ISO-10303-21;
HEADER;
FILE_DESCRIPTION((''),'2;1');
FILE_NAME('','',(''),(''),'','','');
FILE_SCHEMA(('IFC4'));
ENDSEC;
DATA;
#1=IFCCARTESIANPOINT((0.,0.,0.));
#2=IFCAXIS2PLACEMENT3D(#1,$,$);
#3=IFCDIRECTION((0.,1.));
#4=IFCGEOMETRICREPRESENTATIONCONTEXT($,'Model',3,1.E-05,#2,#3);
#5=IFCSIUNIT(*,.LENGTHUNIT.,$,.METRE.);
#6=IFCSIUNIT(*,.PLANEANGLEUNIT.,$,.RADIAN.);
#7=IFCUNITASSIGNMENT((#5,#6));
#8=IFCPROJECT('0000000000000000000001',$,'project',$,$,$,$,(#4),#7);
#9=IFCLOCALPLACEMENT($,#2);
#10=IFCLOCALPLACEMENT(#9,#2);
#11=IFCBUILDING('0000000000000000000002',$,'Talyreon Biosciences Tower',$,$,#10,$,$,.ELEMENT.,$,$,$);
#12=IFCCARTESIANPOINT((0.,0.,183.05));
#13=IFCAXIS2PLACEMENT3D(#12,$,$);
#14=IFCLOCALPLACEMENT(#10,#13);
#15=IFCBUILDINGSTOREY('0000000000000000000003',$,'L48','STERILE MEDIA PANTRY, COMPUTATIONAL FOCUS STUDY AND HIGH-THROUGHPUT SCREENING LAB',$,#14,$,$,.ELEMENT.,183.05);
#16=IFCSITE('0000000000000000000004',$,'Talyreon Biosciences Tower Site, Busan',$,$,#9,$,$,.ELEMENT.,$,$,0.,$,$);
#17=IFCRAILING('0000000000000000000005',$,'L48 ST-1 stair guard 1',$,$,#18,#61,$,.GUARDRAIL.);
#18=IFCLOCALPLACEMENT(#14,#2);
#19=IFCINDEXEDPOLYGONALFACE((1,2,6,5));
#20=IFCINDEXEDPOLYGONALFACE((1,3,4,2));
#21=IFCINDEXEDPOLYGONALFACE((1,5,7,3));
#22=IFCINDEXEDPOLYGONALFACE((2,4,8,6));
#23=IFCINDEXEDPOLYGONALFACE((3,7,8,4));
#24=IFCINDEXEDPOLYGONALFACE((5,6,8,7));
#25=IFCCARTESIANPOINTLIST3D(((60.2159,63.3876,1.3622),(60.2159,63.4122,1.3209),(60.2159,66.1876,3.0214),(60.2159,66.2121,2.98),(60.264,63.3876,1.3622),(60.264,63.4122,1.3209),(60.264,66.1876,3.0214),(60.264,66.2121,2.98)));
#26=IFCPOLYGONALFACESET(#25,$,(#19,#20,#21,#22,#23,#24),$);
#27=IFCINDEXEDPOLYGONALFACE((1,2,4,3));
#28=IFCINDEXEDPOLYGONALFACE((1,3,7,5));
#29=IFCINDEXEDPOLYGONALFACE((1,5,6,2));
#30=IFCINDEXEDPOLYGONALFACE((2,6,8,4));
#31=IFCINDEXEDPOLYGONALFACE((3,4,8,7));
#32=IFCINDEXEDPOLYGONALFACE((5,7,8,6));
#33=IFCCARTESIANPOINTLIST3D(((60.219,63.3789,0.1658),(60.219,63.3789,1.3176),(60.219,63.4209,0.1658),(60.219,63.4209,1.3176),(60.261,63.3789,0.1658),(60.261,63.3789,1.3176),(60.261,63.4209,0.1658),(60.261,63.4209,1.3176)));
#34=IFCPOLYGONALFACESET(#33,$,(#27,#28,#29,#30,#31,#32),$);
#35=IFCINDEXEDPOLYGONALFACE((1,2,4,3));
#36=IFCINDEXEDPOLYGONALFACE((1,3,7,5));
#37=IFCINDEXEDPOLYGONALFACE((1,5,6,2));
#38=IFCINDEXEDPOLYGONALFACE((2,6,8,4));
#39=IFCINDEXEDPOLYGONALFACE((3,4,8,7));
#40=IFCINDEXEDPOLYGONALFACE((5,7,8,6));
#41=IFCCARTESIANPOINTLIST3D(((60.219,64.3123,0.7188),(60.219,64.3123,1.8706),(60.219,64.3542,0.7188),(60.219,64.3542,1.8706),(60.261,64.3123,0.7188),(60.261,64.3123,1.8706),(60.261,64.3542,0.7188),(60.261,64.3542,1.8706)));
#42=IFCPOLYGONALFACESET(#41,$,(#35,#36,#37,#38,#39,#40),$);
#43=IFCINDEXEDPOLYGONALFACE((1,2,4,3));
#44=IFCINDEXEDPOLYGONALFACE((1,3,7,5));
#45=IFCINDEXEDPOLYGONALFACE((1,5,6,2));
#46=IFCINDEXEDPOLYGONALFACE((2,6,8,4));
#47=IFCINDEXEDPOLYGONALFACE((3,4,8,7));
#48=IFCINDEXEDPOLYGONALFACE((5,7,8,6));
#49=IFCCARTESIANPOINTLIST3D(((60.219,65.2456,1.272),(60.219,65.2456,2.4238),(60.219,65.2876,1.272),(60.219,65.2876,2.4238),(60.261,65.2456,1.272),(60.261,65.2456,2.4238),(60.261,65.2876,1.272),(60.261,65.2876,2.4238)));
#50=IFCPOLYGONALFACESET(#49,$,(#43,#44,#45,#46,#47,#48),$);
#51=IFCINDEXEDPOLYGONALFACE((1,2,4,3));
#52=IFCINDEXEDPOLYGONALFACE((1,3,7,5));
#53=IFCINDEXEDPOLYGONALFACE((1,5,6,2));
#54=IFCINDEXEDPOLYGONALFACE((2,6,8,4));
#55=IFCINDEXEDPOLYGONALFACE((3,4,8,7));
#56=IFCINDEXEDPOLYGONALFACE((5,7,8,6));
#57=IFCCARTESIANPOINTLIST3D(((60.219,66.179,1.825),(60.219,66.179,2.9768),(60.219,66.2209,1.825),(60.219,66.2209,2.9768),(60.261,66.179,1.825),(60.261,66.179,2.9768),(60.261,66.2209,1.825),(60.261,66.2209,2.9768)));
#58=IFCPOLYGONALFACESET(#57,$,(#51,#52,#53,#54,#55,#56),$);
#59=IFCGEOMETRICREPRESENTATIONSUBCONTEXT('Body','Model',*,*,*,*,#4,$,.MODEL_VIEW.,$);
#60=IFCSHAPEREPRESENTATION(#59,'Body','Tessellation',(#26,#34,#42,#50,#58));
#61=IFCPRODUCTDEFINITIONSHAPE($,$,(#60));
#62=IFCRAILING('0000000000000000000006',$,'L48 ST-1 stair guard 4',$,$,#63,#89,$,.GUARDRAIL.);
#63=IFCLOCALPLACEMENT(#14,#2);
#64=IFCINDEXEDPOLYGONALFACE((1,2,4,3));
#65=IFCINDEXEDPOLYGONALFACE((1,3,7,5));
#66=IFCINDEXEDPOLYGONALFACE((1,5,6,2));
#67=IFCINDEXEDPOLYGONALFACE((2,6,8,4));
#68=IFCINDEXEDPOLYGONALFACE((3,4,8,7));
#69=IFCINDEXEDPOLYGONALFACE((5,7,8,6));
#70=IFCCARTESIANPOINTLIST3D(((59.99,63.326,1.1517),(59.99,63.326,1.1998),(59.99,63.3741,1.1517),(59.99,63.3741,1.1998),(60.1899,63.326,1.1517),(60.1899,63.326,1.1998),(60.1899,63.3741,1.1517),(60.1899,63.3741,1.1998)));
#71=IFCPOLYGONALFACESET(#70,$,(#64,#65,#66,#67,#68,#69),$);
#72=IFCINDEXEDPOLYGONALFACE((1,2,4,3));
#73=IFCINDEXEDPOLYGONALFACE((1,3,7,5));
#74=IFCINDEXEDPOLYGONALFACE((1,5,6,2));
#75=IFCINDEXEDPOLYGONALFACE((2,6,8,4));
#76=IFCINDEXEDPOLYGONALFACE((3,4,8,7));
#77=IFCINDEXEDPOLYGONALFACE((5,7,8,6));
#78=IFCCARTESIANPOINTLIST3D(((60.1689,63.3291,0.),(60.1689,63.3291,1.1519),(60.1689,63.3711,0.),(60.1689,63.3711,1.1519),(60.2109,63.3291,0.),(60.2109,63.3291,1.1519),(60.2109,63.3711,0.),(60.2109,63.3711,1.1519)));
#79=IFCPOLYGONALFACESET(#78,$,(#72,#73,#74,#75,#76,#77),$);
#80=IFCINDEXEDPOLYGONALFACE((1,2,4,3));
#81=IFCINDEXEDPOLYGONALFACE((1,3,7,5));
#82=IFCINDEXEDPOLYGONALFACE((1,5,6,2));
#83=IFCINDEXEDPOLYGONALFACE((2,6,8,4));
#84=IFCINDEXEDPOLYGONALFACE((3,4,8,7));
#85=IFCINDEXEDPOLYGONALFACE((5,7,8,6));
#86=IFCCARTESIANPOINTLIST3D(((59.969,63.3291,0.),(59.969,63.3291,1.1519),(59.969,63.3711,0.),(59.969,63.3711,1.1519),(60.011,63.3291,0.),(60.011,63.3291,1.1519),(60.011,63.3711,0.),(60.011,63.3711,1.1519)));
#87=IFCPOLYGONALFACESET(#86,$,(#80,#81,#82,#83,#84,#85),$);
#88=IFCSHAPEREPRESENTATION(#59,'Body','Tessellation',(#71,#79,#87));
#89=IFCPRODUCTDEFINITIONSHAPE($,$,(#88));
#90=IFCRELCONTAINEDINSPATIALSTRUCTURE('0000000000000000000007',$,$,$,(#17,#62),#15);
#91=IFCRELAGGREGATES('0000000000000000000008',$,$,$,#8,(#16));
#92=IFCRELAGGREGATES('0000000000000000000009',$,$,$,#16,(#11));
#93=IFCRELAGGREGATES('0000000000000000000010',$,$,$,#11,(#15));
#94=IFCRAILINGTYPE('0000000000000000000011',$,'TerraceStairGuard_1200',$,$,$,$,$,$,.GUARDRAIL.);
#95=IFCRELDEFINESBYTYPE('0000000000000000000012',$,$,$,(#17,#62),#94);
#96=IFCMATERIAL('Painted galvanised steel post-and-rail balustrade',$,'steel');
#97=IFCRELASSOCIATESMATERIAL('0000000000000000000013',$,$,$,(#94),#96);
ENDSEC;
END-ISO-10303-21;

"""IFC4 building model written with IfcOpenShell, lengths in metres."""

from ifc_helpers import new_model, si_unit, direction, frame, origin, origin_2d, place, context, subcontext, project, spatial, rectangle, extrude, material, type_object, element, save


model = new_model("IFC4")

# Units and contexts
model_context = context("Model", 3, precision=1e-05, world=origin(), true_north=direction((0.0, 1.0)))
body_context = subcontext(model_context, "Body", "Model", "MODEL_VIEW")
ifc_project = project(units=[si_unit("LENGTHUNIT", "METRE"), si_unit("PLANEANGLEUNIT", "RADIAN")], contexts=[model_context])

# Site, building, storey
site_placement = place(None, origin())
site = spatial("IfcSite", under=ifc_project, at=site_placement, Name="Talyreon Biosciences Tower Site, Busan", CompositionType="ELEMENT", RefElevation=0.0)
building_placement = place(site_placement, origin())
building = spatial("IfcBuilding", under=site, at=building_placement, Name="Talyreon Biosciences Tower", CompositionType="ELEMENT")
storey_placement = place(building_placement, frame((0.0, 0.0, 183.05)))
storey = spatial("IfcBuildingStorey", under=building, at=storey_placement, Name="L48", Description="STERILE MEDIA PANTRY, COMPUTATIONAL FOCUS STUDY AND HIGH-THROUGHPUT SCREENING LAB", CompositionType="ELEMENT", Elevation=183.05)

# Railings
ifc_material_1 = material(Name="Painted galvanised steel post-and-rail balustrade", Category="steel")
railing_type_1 = type_object("IfcRailingType", Name="TerraceStairGuard_1200", PredefinedType="GUARDRAIL", material=ifc_material_1)
railing_1_placement = place(storey_placement, frame((60.24, 63.3999, 0.1658)))
element("IfcRailing", 1, at=railing_1_placement, inside=storey, type_object=railing_type_1, Name="L48 ST-1 stair guard 1", PredefinedType="GUARDRAIL", context=body_context, shape_type="SweptSolid", body=[
    extrude(rectangle(XDim=0.0481, YDim=0.0481, at=origin_2d()), frame((0.0, 0.0, 1.1758), z_axis=(0.0, 0.860306, 0.509778), x_axis=(-1.0, 0.0, 0.0)), (0.0, 0.0, 1.0), 3.2546),
    extrude(rectangle(XDim=0.042, YDim=0.042, at=origin_2d()), origin(), (0.0, 0.0, 1.0), 1.1519),
    extrude(rectangle(XDim=0.042, YDim=0.042, at=origin_2d()), frame((0.0, 0.9333, 0.553)), (0.0, 0.0, 1.0), 1.1519),
    extrude(rectangle(XDim=0.042, YDim=0.042, at=origin_2d()), frame((0.0, 1.8667, 1.1062)), (0.0, 0.0, 1.0), 1.1519),
    extrude(rectangle(XDim=0.042, YDim=0.042, at=origin_2d()), frame((0.0, 2.8, 1.6592)), (0.0, 0.0, 1.0), 1.1519),
])
railing_2_placement = place(storey_placement, frame((60.1899, 63.3501, 0.0)))
element("IfcRailing", 2, at=railing_2_placement, inside=storey, type_object=railing_type_1, Name="L48 ST-1 stair guard 4", PredefinedType="GUARDRAIL", context=body_context, shape_type="SweptSolid", body=[
    extrude(rectangle(XDim=0.0481, YDim=0.0481, at=origin_2d()), frame((0.0, 0.0, 1.1758), z_axis=(-1.0, 0.0, 0.0), x_axis=(0.0, -1.0, 0.0)), (0.0, 0.0, 1.0), 0.2),
    extrude(rectangle(XDim=0.042, YDim=0.042, at=origin_2d()), origin(), (0.0, 0.0, 1.0), 1.1519),
    extrude(rectangle(XDim=0.042, YDim=0.042, at=origin_2d()), frame((-0.2, 0.0, 0.0)), (0.0, 0.0, 1.0), 1.1519),
])

save(model, "model.ifc")
